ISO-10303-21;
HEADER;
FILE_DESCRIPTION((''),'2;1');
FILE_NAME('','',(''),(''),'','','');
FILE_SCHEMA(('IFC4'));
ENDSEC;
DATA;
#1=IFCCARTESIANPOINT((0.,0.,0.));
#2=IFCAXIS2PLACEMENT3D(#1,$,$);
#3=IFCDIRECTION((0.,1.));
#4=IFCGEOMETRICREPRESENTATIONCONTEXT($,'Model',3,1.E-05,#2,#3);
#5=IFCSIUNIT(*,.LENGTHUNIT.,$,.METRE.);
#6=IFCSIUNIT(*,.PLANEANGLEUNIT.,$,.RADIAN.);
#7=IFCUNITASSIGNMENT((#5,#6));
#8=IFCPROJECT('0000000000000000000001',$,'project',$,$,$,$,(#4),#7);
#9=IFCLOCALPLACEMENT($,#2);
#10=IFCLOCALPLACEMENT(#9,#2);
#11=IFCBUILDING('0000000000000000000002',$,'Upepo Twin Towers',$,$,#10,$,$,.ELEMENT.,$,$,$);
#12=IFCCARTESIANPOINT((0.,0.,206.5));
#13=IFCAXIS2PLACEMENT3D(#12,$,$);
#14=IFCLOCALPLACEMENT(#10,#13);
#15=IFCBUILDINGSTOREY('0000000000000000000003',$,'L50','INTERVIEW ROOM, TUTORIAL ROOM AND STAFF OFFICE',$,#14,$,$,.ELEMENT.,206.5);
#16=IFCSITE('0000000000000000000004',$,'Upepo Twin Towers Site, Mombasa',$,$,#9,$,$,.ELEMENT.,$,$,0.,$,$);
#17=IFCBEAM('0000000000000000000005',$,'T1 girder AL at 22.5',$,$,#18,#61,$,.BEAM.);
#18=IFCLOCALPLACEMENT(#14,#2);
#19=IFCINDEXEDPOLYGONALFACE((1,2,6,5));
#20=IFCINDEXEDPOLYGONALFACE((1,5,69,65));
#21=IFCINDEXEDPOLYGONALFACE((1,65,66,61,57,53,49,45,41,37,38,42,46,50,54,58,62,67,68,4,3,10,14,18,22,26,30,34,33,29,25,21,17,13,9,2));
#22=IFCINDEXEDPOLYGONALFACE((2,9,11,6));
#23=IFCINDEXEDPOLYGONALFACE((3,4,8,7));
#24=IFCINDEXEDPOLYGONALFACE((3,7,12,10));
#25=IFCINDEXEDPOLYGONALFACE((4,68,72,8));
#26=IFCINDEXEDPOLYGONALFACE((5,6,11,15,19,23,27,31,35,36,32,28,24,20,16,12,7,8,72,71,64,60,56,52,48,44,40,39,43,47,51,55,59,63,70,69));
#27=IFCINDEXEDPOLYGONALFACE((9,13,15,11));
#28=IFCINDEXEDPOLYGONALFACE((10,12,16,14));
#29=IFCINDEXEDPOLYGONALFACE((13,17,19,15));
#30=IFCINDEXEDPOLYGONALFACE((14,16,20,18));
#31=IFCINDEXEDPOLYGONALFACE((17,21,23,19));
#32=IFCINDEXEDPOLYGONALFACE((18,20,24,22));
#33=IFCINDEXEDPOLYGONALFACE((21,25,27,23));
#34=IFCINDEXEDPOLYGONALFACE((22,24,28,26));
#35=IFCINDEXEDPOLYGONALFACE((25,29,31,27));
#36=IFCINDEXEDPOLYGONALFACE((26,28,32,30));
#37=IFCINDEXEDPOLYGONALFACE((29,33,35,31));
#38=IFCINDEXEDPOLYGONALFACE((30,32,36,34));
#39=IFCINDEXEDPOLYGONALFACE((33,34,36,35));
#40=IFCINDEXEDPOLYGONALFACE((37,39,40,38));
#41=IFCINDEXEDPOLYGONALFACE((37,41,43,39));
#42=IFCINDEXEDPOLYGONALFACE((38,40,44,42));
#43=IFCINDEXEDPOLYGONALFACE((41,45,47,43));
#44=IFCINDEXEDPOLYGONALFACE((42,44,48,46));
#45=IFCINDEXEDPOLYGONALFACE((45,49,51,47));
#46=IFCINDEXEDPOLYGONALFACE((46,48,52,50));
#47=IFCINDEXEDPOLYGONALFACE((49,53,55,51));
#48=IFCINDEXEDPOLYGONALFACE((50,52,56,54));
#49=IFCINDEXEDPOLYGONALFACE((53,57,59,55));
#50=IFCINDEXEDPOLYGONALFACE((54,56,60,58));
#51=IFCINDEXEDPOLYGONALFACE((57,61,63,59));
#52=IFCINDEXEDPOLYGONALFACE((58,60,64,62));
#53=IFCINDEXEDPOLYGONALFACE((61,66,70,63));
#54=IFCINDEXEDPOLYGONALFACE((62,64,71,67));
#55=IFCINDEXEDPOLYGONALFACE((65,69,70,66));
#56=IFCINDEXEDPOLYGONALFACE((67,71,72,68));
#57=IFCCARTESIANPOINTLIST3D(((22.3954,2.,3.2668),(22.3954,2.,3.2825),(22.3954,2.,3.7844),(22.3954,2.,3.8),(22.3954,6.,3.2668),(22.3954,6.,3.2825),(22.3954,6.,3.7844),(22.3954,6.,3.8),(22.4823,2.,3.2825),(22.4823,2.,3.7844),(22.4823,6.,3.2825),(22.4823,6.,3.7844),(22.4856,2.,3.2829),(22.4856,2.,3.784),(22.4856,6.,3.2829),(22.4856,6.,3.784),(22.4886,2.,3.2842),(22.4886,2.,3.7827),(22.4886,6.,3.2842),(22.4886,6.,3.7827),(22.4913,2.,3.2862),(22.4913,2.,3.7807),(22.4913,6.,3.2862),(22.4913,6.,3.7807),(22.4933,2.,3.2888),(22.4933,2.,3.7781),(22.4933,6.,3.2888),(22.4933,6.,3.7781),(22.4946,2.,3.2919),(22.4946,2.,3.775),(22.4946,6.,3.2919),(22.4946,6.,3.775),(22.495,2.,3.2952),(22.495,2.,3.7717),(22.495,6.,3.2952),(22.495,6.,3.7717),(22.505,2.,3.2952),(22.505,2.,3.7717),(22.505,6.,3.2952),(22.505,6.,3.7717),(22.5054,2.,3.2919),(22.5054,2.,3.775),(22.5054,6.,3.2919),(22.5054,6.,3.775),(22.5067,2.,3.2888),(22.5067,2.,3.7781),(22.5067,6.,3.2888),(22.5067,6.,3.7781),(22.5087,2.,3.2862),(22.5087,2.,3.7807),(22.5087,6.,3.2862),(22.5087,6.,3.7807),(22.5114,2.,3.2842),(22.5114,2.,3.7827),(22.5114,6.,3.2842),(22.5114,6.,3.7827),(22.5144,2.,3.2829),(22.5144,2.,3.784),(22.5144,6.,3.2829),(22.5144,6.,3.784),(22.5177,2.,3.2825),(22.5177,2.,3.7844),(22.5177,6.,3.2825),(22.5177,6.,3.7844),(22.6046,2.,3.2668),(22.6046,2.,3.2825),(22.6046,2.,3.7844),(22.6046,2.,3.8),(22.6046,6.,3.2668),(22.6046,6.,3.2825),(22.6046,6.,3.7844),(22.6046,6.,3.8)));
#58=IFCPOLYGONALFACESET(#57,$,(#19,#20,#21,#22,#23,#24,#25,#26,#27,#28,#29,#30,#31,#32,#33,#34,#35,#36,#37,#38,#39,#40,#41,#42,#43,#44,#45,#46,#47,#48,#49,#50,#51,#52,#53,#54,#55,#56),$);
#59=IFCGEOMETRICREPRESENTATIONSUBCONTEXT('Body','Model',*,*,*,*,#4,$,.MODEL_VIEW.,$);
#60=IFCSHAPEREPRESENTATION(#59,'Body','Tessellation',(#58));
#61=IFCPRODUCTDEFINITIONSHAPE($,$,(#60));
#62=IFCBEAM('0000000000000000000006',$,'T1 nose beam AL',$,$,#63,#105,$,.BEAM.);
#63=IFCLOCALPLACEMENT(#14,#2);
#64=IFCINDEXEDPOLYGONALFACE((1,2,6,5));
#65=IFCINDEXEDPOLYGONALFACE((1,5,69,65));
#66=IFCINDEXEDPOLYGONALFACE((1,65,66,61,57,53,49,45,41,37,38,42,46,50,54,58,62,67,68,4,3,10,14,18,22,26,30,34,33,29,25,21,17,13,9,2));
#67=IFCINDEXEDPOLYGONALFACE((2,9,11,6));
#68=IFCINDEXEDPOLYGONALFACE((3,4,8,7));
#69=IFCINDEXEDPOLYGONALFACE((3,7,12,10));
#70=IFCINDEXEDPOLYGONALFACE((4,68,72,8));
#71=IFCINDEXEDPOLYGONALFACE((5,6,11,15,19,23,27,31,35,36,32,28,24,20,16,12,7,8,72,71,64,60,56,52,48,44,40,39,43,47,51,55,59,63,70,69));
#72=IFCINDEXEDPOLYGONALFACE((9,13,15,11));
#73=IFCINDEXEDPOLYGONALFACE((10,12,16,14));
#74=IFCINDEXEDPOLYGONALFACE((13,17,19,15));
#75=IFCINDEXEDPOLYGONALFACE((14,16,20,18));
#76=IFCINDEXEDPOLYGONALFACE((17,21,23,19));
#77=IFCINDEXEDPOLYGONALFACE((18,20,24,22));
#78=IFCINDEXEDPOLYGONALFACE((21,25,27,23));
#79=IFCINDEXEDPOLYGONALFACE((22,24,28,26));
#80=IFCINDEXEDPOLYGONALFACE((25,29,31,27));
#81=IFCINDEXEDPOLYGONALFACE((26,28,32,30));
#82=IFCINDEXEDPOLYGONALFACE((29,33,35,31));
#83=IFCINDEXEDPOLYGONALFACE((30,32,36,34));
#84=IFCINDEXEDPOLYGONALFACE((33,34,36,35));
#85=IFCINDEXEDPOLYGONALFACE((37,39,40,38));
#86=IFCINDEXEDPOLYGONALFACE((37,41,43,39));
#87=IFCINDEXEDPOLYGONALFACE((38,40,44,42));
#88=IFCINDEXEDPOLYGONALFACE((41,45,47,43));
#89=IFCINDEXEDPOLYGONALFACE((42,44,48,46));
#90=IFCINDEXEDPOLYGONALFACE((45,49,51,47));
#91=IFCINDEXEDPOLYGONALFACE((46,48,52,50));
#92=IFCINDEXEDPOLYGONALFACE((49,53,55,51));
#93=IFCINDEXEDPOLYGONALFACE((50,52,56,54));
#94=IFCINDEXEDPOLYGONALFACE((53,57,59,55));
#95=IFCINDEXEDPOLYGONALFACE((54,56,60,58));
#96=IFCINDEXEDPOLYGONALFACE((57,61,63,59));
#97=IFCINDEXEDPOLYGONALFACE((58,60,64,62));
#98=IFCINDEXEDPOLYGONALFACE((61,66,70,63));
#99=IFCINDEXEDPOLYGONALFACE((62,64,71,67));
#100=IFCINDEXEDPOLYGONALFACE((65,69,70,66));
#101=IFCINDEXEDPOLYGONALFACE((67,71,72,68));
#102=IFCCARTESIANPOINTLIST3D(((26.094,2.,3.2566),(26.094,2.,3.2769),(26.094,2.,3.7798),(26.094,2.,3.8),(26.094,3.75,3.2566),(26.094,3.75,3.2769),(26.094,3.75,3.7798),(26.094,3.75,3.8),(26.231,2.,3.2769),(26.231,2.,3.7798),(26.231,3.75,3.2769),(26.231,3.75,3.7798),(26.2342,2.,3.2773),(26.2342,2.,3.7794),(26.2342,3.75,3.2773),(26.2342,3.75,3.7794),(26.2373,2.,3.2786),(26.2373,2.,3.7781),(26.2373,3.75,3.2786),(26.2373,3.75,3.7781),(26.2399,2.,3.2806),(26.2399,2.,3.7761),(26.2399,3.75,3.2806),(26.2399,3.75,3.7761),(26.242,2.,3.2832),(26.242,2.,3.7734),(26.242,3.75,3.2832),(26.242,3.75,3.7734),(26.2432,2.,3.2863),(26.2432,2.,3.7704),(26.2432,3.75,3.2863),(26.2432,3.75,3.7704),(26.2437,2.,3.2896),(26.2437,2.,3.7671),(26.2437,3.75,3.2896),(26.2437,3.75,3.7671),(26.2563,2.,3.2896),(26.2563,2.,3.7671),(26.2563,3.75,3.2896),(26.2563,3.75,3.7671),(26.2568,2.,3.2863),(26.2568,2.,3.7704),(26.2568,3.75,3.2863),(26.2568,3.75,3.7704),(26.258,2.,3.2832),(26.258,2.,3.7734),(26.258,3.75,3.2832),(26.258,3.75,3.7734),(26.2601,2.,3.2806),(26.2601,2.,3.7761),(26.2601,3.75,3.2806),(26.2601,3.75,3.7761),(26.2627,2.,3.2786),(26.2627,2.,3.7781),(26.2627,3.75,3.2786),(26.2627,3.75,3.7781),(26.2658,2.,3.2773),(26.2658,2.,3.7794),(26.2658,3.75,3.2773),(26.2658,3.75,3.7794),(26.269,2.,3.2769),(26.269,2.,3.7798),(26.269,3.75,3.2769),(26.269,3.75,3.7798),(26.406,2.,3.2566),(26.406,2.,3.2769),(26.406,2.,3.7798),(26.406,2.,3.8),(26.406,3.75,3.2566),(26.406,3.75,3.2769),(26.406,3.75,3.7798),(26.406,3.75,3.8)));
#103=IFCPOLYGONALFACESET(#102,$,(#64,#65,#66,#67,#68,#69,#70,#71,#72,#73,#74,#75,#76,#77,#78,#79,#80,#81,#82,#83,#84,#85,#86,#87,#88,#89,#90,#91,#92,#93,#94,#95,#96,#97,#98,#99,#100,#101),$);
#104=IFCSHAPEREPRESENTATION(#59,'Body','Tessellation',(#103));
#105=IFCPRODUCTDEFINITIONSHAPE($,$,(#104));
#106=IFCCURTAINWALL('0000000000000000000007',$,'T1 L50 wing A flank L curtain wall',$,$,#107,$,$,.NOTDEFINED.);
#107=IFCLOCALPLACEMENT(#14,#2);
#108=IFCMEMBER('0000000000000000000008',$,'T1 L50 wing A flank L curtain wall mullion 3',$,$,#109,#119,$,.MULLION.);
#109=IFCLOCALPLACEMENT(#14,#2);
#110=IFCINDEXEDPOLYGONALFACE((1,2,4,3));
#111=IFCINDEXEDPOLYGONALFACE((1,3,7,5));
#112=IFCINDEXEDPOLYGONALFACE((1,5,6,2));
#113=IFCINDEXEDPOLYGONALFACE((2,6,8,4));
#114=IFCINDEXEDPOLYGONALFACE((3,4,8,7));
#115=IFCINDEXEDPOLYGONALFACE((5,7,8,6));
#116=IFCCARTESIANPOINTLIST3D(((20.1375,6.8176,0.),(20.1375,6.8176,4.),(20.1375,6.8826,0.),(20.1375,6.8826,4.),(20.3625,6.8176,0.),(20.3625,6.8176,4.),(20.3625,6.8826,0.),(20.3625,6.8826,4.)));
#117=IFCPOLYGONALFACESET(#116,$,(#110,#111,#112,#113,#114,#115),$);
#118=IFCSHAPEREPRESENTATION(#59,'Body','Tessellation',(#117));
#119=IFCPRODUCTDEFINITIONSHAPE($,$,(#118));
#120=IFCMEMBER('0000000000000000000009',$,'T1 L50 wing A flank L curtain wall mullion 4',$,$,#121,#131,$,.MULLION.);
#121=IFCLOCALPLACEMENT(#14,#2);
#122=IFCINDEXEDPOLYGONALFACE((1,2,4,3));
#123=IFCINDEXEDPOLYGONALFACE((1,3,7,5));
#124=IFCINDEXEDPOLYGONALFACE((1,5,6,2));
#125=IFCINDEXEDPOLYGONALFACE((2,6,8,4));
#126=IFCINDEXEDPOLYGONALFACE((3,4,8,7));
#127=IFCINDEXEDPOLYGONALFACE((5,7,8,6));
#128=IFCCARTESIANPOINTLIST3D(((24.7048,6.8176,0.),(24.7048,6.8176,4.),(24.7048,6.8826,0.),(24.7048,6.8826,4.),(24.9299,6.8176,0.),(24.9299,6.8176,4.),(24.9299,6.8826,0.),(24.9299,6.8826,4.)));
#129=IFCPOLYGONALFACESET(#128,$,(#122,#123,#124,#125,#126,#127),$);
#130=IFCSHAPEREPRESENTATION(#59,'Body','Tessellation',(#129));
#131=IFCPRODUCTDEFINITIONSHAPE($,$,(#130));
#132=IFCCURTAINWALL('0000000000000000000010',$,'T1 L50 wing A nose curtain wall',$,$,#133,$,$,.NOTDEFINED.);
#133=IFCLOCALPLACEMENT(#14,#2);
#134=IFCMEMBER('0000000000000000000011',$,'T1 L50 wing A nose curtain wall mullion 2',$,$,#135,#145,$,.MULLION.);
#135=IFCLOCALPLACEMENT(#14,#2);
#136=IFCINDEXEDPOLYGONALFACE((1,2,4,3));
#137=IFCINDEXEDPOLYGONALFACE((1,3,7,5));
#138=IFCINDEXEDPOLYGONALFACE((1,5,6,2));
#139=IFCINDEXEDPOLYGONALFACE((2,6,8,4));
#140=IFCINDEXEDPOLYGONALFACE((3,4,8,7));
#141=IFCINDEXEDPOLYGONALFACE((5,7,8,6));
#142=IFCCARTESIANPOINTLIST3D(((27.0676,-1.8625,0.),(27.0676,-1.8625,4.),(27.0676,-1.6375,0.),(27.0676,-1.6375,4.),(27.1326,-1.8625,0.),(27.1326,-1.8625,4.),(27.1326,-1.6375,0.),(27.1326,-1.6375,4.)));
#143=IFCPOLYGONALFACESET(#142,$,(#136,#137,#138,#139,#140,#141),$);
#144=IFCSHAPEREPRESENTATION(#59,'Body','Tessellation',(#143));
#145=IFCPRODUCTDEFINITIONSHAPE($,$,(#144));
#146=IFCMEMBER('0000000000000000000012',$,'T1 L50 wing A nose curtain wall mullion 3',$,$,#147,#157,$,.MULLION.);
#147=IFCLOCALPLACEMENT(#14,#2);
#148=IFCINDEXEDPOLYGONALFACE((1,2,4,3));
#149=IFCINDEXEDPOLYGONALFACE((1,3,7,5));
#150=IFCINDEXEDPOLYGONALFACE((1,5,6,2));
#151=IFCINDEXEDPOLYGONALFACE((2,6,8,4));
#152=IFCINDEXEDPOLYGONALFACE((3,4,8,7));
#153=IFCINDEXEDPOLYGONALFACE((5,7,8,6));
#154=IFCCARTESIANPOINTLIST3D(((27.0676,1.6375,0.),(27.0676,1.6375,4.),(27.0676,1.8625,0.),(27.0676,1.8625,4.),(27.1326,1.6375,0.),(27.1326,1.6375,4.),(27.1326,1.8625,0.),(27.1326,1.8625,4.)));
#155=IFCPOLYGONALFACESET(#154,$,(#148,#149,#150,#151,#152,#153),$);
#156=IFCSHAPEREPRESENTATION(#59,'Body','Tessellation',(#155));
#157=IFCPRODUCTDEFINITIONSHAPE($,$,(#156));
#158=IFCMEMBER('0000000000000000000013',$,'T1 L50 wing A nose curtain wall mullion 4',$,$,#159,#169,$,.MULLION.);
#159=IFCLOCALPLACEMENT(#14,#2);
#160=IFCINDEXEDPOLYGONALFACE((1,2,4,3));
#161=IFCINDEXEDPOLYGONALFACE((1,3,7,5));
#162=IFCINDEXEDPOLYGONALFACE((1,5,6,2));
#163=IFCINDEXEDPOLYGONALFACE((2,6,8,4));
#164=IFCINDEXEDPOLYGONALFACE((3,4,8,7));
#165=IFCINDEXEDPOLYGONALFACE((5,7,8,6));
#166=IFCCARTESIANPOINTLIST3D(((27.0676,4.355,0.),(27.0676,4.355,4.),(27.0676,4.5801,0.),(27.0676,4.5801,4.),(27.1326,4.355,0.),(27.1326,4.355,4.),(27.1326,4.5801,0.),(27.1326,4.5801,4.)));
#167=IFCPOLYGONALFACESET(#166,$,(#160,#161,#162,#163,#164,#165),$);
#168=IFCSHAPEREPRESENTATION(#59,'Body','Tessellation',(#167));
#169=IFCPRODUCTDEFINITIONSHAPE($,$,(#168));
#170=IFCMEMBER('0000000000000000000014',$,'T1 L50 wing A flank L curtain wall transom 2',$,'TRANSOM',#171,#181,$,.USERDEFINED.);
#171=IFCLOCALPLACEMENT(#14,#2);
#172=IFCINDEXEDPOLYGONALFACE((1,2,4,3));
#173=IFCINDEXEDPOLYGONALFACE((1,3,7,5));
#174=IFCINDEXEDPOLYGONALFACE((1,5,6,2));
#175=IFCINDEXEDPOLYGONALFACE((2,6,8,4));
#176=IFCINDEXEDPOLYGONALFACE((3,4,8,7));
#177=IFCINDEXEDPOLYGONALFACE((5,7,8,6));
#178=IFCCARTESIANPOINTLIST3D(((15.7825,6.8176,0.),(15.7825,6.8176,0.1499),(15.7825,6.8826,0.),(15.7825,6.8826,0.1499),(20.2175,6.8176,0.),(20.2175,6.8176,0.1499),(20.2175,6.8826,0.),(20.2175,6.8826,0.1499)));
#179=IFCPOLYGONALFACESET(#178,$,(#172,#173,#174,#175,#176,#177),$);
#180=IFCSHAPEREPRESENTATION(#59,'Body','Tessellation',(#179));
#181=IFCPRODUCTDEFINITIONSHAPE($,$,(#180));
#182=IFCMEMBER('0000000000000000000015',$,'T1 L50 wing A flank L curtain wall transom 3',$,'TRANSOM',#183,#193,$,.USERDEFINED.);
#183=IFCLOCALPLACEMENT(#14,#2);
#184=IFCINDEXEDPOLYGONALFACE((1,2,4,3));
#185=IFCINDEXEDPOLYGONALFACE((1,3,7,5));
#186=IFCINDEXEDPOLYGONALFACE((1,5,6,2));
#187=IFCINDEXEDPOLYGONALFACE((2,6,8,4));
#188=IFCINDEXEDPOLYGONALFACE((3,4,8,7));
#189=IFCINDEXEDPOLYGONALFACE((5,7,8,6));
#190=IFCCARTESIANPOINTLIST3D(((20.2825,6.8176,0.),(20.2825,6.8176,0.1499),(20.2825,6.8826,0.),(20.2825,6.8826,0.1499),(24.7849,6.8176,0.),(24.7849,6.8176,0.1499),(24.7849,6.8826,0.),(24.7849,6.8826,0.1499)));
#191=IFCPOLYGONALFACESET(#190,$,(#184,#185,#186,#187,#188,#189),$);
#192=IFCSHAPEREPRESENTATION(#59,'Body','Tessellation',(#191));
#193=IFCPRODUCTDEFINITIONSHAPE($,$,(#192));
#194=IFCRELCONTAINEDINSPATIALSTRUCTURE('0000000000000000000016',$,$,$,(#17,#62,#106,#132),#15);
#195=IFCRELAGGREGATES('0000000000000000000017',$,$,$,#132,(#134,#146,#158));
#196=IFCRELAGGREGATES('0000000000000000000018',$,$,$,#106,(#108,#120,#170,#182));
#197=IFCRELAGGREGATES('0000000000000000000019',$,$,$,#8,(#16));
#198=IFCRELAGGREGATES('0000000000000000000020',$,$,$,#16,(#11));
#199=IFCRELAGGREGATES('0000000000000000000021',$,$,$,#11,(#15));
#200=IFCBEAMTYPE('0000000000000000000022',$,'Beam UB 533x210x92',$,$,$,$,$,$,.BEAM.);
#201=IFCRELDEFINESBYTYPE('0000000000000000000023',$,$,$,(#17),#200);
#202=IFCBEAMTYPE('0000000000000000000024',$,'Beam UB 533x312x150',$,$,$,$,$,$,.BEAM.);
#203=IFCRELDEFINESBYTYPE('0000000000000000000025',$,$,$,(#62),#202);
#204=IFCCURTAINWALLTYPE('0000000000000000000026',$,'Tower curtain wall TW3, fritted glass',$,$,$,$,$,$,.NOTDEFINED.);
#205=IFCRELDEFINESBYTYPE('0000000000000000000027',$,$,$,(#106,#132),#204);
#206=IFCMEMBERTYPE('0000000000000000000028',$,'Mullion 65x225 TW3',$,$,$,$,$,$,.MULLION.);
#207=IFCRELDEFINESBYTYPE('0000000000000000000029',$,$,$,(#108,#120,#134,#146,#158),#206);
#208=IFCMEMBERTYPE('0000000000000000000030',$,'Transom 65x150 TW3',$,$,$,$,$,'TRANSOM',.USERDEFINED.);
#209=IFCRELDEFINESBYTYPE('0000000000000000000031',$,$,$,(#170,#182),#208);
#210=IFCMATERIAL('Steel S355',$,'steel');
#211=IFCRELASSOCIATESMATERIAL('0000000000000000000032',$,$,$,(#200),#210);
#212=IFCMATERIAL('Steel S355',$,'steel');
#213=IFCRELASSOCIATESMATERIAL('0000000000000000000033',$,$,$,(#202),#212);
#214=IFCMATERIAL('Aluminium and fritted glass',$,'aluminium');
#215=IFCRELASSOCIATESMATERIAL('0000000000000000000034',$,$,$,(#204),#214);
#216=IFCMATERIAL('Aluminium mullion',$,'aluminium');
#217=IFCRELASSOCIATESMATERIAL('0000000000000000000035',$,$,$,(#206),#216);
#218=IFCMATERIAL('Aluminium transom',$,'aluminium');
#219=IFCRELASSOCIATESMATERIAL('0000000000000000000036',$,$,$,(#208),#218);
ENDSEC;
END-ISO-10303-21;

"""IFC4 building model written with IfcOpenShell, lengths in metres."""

from ifc_helpers import new_model, si_unit, direction, frame, origin, origin_2d, place, context, subcontext, project, spatial, rectangle, i_section, extrude, material, material_profile, profile_set, type_object, element, aggregate, save


model = new_model("IFC4")

# Units and contexts
model_context = context("Model", 3, precision=1e-05, world=origin(), true_north=direction((0.0, 1.0)))
body_context = subcontext(model_context, "Body", "Model", "MODEL_VIEW")
ifc_project = project(units=[si_unit("LENGTHUNIT", "METRE"), si_unit("PLANEANGLEUNIT", "RADIAN")], contexts=[model_context])

# Site, building, storey
site_placement = place(None, origin())
site = spatial("IfcSite", under=ifc_project, at=site_placement, Name="Upepo Twin Towers Site, Mombasa", CompositionType="ELEMENT", RefElevation=0.0)
building_placement = place(site_placement, origin())
building = spatial("IfcBuilding", under=site, at=building_placement, Name="Upepo Twin Towers", CompositionType="ELEMENT")
storey_placement = place(building_placement, frame((0.0, 0.0, 206.5)))
storey = spatial("IfcBuildingStorey", under=building, at=storey_placement, Name="L50", Description="INTERVIEW ROOM, TUTORIAL ROOM AND STAFF OFFICE", CompositionType="ELEMENT", Elevation=206.5)

# Beams
ifc_material_1 = material(Name="Steel S355", Category="steel")
ifc_material_profile_1 = material_profile(ifc_material_1, i_section(OverallWidth=0.2092, OverallDepth=0.5332, WebThickness=0.01, FlangeThickness=0.0156, FilletRadius=0.0127, at=origin_2d()), Name="UB 533x210x92")
ifc_profile_set_1 = profile_set([ifc_material_profile_1], Name="Steel S355")
beam_type_1 = type_object("IfcBeamType", Name="Beam UB 533x210x92", PredefinedType="BEAM", material=ifc_profile_set_1)
for number, where, z_axis, x_axis, name in (
    (1, (22.5, 6.0, 3.5334), (0.0, -1.0, 0.0), (1.0, 0.0, 0.0), "T1 girder AL at 22.5"),
):
    element("IfcBeam", number, at=place(storey_placement, frame(where, z_axis=z_axis, x_axis=x_axis)), inside=storey, type_object=beam_type_1, Name=name, PredefinedType="BEAM", context=body_context, shape_type="SweptSolid", body=[
        extrude(i_section(OverallWidth=0.2092, OverallDepth=0.5332, WebThickness=0.01, FlangeThickness=0.0156, FilletRadius=0.0127, at=origin_2d()), origin(), (0.0, 0.0, 1.0), 4.0),
    ])
ifc_material_2 = material(Name="Steel S355", Category="steel")
ifc_material_profile_2 = material_profile(ifc_material_2, i_section(OverallWidth=0.312, OverallDepth=0.5435, WebThickness=0.0127, FlangeThickness=0.0203, FilletRadius=0.0127, at=origin_2d()), Name="UB 533x312x150")
ifc_profile_set_2 = profile_set([ifc_material_profile_2], Name="Steel S355")
beam_type_2 = type_object("IfcBeamType", Name="Beam UB 533x312x150", PredefinedType="BEAM", material=ifc_profile_set_2)
beam_1_placement = place(storey_placement, frame((26.25, 3.75, 3.5283), z_axis=(0.0, -1.0, 0.0), x_axis=(1.0, 0.0, 0.0)))
element("IfcBeam", 2, at=beam_1_placement, inside=storey, type_object=beam_type_2, Name="T1 nose beam AL", PredefinedType="BEAM", context=body_context, shape_type="SweptSolid", body=[
    extrude(i_section(OverallWidth=0.312, OverallDepth=0.5435, WebThickness=0.0127, FlangeThickness=0.0203, FilletRadius=0.0127, at=origin_2d()), origin(), (0.0, 0.0, 1.0), 1.75),
])

# Curtain walls, members
ifc_material_3 = material(Name="Aluminium and fritted glass", Category="aluminium")
curtain_wall_type = type_object("IfcCurtainWallType", Name="Tower curtain wall TW3, fritted glass", PredefinedType="NOTDEFINED", material=ifc_material_3)
curtain_wall_1_placement = place(storey_placement, origin())
curtain_wall_1 = element("IfcCurtainWall", 3, at=curtain_wall_1_placement, inside=storey, type_object=curtain_wall_type, Name="T1 L50 wing A flank L curtain wall", PredefinedType="NOTDEFINED")
ifc_material_4 = material(Name="Aluminium mullion", Category="aluminium")
ifc_material_profile_3 = material_profile(ifc_material_4, rectangle(XDim=0.0649, YDim=0.2251, at=origin_2d()), Name="MULLION 65x225")
ifc_profile_set_3 = profile_set([ifc_material_profile_3], Name="Aluminium mullion")
member_type_1 = type_object("IfcMemberType", Name="Mullion 65x225 TW3", PredefinedType="MULLION", material=ifc_profile_set_3)
member_1_placement = place(storey_placement, frame((20.25, 6.8501, 0.0), z_axis=(0.0, 0.0, 1.0), x_axis=(0.0, 1.0, 0.0)))
member_1 = element("IfcMember", 4, at=member_1_placement, type_object=member_type_1, Name="T1 L50 wing A flank L curtain wall mullion 3", PredefinedType="MULLION", context=body_context, shape_type="SweptSolid", body=[
    extrude(rectangle(XDim=0.0649, YDim=0.2251, at=origin_2d()), origin(), (0.0, 0.0, 1.0), 4.0),
])
member_2_placement = place(storey_placement, frame((24.8174, 6.8501, 0.0), z_axis=(0.0, 0.0, 1.0), x_axis=(0.0, 1.0, 0.0)))
member_2 = element("IfcMember", 5, at=member_2_placement, type_object=member_type_1, Name="T1 L50 wing A flank L curtain wall mullion 4", PredefinedType="MULLION", context=body_context, shape_type="SweptSolid", body=[
    extrude(rectangle(XDim=0.0649, YDim=0.2251, at=origin_2d()), origin(), (0.0, 0.0, 1.0), 4.0),
])
curtain_wall_2_placement = place(storey_placement, origin())
curtain_wall_2 = element("IfcCurtainWall", 6, at=curtain_wall_2_placement, inside=storey, type_object=curtain_wall_type, Name="T1 L50 wing A nose curtain wall", PredefinedType="NOTDEFINED")
member_3_placement = place(storey_placement, frame((27.1001, -1.75, 0.0), z_axis=(0.0, 0.0, 1.0), x_axis=(-1.0, 0.0, 0.0)))
member_3 = element("IfcMember", 7, at=member_3_placement, type_object=member_type_1, Name="T1 L50 wing A nose curtain wall mullion 2", PredefinedType="MULLION", context=body_context, shape_type="SweptSolid", body=[
    extrude(rectangle(XDim=0.0649, YDim=0.2251, at=origin_2d()), origin(), (0.0, 0.0, 1.0), 4.0),
])
member_4_placement = place(storey_placement, frame((27.1001, 1.75, 0.0), z_axis=(0.0, 0.0, 1.0), x_axis=(-1.0, 0.0, 0.0)))
member_4 = element("IfcMember", 8, at=member_4_placement, type_object=member_type_1, Name="T1 L50 wing A nose curtain wall mullion 3", PredefinedType="MULLION", context=body_context, shape_type="SweptSolid", body=[
    extrude(rectangle(XDim=0.0649, YDim=0.2251, at=origin_2d()), origin(), (0.0, 0.0, 1.0), 4.0),
])
member_5_placement = place(storey_placement, frame((27.1001, 4.4675, 0.0), z_axis=(0.0, 0.0, 1.0), x_axis=(-1.0, 0.0, 0.0)))
member_5 = element("IfcMember", 9, at=member_5_placement, type_object=member_type_1, Name="T1 L50 wing A nose curtain wall mullion 4", PredefinedType="MULLION", context=body_context, shape_type="SweptSolid", body=[
    extrude(rectangle(XDim=0.0649, YDim=0.2251, at=origin_2d()), origin(), (0.0, 0.0, 1.0), 4.0),
])
aggregate(curtain_wall_2, [member_3, member_4, member_5])

# Members
ifc_material_5 = material(Name="Aluminium transom", Category="aluminium")
ifc_material_profile_4 = material_profile(ifc_material_5, rectangle(XDim=0.0649, YDim=0.1499, at=origin_2d()), Name="TRANSOM 65x150")
ifc_profile_set_4 = profile_set([ifc_material_profile_4], Name="Aluminium transom")
member_type_2 = type_object("IfcMemberType", Name="Transom 65x150 TW3", ElementType="TRANSOM", PredefinedType="USERDEFINED", material=ifc_profile_set_4)
member_6_placement = place(storey_placement, frame((15.7825, 6.8501, 0.075), z_axis=(1.0, 0.0, 0.0), x_axis=(0.0, 1.0, 0.0)))
member_6 = element("IfcMember", 10, at=member_6_placement, type_object=member_type_2, Name="T1 L50 wing A flank L curtain wall transom 2", ObjectType="TRANSOM", PredefinedType="USERDEFINED", context=body_context, shape_type="SweptSolid", body=[
    extrude(rectangle(XDim=0.0649, YDim=0.1499, at=origin_2d()), origin(), (0.0, 0.0, 1.0), 4.4351),
])
member_7_placement = place(storey_placement, frame((20.2825, 6.8501, 0.075), z_axis=(1.0, 0.0, 0.0), x_axis=(0.0, 1.0, 0.0)))
member_7 = element("IfcMember", 11, at=member_7_placement, type_object=member_type_2, Name="T1 L50 wing A flank L curtain wall transom 3", ObjectType="TRANSOM", PredefinedType="USERDEFINED", context=body_context, shape_type="SweptSolid", body=[
    extrude(rectangle(XDim=0.0649, YDim=0.1499, at=origin_2d()), origin(), (0.0, 0.0, 1.0), 4.5024),
])

aggregate(curtain_wall_1, [member_1, member_2, member_6, member_7])

save(model, "model.ifc")
